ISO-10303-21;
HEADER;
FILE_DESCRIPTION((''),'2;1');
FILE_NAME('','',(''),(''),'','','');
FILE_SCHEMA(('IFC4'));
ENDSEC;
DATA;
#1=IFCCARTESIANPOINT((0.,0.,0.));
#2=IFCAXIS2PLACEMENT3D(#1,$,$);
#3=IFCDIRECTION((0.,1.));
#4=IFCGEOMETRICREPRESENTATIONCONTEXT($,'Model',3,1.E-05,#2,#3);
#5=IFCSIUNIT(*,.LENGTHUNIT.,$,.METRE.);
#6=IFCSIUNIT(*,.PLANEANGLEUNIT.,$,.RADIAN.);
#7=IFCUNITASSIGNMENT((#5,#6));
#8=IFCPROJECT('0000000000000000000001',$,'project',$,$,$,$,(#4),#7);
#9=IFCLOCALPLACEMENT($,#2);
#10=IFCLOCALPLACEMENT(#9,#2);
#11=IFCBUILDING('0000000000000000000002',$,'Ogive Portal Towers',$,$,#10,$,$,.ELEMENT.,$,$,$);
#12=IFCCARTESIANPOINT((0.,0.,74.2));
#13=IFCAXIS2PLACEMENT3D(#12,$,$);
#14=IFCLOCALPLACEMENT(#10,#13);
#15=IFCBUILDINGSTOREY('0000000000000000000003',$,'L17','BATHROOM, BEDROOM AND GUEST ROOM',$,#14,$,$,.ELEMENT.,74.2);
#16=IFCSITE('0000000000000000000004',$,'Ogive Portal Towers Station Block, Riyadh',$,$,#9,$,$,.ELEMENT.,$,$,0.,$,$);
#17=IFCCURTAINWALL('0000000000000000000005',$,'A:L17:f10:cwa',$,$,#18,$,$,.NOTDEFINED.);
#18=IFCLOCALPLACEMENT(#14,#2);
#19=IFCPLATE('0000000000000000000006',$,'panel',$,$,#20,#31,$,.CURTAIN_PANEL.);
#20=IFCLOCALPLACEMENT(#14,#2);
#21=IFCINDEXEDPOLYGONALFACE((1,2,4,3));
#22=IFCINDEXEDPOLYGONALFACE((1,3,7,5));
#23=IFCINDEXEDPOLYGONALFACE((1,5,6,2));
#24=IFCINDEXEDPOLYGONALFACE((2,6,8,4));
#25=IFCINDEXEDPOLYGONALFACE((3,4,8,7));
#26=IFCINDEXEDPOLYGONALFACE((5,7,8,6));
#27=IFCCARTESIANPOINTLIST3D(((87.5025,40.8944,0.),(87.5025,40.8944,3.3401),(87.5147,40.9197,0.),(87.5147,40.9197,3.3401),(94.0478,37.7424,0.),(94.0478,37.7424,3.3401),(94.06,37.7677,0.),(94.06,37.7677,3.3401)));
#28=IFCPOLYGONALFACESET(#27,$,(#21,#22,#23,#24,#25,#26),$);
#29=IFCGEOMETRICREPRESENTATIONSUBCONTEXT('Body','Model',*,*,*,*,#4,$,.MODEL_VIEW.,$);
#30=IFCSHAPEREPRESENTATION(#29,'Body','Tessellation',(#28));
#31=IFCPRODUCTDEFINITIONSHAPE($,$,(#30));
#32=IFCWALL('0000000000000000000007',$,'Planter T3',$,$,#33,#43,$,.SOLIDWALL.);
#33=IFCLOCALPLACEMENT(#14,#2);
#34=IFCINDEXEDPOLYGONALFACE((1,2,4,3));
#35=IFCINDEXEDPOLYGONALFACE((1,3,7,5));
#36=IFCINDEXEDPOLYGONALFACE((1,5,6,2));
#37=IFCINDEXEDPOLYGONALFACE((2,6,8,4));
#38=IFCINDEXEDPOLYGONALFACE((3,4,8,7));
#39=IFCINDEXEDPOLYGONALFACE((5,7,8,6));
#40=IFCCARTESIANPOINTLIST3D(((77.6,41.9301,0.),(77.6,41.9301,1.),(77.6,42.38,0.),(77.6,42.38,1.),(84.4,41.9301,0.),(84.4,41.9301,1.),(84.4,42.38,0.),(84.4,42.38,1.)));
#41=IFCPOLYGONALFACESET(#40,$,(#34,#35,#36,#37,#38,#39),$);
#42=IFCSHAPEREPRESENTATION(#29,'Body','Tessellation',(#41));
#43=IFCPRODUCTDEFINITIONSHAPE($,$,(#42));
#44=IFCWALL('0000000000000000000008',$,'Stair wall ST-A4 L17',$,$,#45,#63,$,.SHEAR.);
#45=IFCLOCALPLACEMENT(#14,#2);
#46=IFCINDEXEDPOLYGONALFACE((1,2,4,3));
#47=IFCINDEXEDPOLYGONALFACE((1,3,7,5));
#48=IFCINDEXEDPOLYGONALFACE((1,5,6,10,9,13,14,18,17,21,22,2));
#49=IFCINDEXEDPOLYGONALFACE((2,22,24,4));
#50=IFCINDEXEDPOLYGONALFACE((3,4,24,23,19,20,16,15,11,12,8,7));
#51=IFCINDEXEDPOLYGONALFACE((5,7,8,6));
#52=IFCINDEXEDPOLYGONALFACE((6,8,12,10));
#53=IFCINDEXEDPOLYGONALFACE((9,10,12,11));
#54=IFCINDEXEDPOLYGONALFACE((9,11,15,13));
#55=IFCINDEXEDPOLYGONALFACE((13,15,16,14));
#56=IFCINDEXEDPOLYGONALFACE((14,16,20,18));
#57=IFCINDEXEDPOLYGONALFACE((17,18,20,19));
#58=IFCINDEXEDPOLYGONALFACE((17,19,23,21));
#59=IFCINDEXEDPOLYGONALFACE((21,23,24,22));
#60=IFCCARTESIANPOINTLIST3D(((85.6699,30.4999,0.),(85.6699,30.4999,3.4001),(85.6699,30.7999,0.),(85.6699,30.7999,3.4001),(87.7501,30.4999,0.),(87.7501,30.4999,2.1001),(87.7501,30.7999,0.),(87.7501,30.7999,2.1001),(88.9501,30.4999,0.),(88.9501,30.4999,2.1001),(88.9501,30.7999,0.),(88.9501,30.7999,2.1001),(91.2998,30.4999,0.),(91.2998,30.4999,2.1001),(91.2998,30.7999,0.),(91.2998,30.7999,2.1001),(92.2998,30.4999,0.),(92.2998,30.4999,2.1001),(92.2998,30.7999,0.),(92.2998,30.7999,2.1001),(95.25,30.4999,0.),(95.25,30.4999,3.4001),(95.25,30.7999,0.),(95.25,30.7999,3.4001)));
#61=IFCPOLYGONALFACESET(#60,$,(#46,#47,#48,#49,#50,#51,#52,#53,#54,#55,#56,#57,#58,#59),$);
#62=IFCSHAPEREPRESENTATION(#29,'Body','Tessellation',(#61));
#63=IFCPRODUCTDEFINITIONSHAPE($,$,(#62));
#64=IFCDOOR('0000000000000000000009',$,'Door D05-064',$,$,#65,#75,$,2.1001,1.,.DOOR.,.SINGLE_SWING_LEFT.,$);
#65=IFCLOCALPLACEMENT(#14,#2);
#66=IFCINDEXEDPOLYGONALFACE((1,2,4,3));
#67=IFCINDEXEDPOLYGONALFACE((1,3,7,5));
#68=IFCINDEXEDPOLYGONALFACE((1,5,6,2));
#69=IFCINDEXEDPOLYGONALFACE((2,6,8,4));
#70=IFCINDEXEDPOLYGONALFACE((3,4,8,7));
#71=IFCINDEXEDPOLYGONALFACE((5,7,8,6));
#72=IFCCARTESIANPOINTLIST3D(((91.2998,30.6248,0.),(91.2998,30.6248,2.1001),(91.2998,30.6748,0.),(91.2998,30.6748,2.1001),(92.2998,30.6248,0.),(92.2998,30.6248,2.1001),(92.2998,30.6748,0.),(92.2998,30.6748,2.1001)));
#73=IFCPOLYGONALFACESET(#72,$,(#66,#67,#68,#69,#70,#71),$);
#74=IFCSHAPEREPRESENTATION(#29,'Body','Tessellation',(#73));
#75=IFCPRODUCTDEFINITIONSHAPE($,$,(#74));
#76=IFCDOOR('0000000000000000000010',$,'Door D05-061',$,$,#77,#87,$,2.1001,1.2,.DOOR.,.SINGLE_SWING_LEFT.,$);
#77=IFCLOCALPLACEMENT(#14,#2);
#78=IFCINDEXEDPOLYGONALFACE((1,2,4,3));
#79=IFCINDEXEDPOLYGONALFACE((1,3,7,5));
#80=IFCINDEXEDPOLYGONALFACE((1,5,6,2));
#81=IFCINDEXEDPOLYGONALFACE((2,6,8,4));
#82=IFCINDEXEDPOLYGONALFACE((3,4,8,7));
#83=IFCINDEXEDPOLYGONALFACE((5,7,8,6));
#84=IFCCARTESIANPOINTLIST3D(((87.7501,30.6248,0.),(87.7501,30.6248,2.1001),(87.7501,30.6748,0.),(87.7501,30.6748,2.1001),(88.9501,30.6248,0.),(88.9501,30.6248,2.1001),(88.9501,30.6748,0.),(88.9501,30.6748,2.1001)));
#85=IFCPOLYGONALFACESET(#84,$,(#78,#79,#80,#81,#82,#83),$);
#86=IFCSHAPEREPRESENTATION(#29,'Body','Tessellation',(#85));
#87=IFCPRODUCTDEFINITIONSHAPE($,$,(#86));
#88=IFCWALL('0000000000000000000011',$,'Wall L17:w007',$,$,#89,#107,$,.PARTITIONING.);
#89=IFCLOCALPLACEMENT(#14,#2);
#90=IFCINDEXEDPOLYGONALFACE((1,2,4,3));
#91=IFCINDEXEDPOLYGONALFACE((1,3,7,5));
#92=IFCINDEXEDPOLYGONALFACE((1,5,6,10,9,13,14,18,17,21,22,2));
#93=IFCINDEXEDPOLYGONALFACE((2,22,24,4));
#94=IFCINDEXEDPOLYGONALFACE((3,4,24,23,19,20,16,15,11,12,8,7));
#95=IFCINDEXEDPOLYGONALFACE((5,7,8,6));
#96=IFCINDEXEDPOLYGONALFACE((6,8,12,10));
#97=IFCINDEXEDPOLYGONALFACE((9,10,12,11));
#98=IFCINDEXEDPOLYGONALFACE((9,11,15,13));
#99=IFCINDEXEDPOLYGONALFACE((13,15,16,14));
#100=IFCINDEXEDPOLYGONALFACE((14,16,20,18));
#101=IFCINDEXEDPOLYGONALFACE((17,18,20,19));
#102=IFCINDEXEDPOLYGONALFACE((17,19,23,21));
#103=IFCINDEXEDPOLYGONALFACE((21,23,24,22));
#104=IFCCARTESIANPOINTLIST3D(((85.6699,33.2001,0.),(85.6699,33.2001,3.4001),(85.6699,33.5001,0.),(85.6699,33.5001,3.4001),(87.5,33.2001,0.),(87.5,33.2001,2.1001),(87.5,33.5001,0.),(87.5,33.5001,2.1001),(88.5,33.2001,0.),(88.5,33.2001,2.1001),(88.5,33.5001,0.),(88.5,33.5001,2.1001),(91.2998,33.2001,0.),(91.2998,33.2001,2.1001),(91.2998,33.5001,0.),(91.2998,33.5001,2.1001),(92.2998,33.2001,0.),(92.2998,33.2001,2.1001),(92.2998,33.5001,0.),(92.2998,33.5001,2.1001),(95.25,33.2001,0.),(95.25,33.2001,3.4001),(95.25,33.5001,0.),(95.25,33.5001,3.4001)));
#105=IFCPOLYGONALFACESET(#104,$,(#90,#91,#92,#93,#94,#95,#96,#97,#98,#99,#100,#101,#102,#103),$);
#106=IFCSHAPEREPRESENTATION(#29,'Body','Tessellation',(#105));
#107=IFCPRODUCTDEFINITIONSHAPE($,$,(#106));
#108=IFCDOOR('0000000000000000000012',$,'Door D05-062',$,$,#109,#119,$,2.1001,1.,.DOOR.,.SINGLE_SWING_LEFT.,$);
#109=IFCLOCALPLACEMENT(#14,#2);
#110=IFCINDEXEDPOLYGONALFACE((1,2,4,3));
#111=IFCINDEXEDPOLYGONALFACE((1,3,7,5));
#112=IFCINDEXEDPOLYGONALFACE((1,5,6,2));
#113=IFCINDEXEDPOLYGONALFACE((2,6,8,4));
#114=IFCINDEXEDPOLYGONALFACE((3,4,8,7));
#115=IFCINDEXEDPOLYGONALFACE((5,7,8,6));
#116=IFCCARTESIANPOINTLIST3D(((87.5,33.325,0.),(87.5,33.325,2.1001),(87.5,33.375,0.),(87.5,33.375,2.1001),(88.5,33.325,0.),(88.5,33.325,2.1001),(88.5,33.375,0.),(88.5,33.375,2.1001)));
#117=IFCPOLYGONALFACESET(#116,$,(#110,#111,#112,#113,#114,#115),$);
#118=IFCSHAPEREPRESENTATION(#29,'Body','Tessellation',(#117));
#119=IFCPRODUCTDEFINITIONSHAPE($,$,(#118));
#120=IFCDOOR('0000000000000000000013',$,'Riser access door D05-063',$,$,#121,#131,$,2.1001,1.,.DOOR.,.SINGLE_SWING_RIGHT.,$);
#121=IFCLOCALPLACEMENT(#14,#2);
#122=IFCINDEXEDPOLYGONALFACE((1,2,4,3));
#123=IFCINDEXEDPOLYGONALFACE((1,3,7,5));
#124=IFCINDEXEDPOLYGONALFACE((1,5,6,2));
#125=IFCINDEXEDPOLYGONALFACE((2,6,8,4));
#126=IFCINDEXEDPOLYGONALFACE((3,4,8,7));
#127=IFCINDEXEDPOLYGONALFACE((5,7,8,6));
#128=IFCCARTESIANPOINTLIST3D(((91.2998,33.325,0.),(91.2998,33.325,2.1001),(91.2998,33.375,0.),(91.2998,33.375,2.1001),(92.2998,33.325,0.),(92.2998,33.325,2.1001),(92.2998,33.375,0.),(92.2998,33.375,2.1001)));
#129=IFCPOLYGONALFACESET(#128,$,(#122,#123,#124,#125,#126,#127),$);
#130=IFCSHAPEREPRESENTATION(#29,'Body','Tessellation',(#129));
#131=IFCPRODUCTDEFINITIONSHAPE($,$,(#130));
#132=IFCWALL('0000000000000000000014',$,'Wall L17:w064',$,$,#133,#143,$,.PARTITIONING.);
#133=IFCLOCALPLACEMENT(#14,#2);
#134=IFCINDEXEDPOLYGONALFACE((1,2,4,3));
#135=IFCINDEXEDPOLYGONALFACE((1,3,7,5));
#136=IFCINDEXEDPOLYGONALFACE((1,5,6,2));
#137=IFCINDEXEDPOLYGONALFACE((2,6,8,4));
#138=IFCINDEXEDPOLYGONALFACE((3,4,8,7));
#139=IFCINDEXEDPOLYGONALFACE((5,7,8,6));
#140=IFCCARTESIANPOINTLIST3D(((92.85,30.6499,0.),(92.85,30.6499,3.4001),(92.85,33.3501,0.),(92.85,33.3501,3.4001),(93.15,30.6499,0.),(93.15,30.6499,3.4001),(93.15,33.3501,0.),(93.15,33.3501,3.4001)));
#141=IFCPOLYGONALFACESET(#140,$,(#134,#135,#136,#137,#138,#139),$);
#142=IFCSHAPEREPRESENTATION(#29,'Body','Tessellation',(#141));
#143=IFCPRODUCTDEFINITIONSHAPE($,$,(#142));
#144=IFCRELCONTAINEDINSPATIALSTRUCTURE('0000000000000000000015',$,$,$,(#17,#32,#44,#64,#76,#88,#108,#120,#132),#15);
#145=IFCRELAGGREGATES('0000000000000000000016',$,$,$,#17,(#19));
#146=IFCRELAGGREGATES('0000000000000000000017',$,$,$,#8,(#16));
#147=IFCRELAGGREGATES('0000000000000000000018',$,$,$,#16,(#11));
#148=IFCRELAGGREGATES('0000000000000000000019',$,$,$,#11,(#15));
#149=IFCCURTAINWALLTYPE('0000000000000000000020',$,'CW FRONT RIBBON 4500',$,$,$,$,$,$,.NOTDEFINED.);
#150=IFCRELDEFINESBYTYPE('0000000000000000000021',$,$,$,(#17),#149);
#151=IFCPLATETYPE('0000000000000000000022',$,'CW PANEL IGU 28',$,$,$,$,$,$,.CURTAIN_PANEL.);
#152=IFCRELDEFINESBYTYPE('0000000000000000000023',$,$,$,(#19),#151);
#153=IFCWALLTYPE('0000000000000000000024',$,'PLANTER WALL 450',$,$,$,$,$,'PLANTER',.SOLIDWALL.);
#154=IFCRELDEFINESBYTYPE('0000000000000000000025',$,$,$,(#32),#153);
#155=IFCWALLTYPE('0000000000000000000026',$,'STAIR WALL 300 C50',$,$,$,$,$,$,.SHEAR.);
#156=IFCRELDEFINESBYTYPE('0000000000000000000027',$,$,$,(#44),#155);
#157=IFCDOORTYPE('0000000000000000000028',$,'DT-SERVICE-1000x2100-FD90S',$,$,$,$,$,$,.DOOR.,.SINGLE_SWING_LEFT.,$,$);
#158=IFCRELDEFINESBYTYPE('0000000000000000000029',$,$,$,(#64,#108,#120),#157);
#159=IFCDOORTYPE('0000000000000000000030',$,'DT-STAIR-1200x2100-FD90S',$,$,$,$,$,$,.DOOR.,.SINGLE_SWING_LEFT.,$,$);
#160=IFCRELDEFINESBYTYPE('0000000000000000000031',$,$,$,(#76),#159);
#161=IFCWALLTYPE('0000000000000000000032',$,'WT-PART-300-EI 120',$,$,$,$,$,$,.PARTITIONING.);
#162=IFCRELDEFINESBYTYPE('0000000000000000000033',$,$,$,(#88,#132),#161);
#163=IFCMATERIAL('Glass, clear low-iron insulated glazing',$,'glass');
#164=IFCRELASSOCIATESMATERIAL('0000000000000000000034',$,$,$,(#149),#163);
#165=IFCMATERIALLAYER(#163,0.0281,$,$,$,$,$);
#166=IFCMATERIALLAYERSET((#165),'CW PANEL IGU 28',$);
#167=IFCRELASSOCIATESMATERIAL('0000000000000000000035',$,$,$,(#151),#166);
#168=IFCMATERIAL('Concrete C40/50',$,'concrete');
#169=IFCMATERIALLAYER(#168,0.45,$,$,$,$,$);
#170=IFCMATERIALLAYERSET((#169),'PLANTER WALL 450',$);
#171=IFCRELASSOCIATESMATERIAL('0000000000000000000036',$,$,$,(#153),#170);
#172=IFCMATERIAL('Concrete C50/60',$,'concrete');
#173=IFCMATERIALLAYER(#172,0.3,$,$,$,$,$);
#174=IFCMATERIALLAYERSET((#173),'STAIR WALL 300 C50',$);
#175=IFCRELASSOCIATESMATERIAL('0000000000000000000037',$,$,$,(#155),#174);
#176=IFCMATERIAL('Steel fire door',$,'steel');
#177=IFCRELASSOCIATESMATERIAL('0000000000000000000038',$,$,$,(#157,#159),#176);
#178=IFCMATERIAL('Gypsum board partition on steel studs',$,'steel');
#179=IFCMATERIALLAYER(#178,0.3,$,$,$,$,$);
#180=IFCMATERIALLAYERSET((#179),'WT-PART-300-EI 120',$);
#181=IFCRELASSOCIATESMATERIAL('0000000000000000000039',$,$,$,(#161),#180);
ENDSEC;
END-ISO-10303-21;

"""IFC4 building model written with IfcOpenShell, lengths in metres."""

from ifc_helpers import new_model, si_unit, direction, frame, frame_2d, origin, origin_2d, place, context, subcontext, project, spatial, rectangle, extrude, material, layer, layer_set, type_object, element, fill, aggregate, save


model = new_model("IFC4")

# Units and contexts
model_context = context("Model", 3, precision=1e-05, world=origin(), true_north=direction((0.0, 1.0)))
body_context = subcontext(model_context, "Body", "Model", "MODEL_VIEW")
ifc_project = project(units=[si_unit("LENGTHUNIT", "METRE"), si_unit("PLANEANGLEUNIT", "RADIAN")], contexts=[model_context])

# Site, building, storey
site_placement = place(None, origin())
site = spatial("IfcSite", under=ifc_project, at=site_placement, Name="Ogive Portal Towers Station Block, Riyadh", CompositionType="ELEMENT", RefElevation=0.0)
building_placement = place(site_placement, origin())
building = spatial("IfcBuilding", under=site, at=building_placement, Name="Ogive Portal Towers", CompositionType="ELEMENT")
storey_placement = place(building_placement, frame((0.0, 0.0, 74.2)))
storey = spatial("IfcBuildingStorey", under=building, at=storey_placement, Name="L17", Description="BATHROOM, BEDROOM AND GUEST ROOM", CompositionType="ELEMENT", Elevation=74.2)

# Shared definitions
ifc_material_1 = material(Name="Glass, clear low-iron insulated glazing", Category="glass")
curtain_wall_type = type_object("IfcCurtainWallType", Name="CW FRONT RIBBON 4500", PredefinedType="NOTDEFINED", material=ifc_material_1)

# Curtain wall
curtain_wall_1_placement = place(storey_placement, origin())
curtain_wall_1 = element("IfcCurtainWall", 1, at=curtain_wall_1_placement, inside=storey, type_object=curtain_wall_type, Name="A:L17:f10:cwa", PredefinedType="NOTDEFINED")

# Plate
ifc_layer_1 = layer(ifc_material_1, 0.0281)
ifc_layer_set_1 = layer_set([ifc_layer_1], Name="CW PANEL IGU 28")
plate_type = type_object("IfcPlateType", Name="CW PANEL IGU 28", PredefinedType="CURTAIN_PANEL", material=ifc_layer_set_1)
plate_1_placement = place(storey_placement, frame((90.7812, 39.3311, 0.0), z_axis=(0.0, 0.0, 1.0), x_axis=(-0.900969, 0.433884, 0.0)))
plate_1 = element("IfcPlate", 2, at=plate_1_placement, type_object=plate_type, Name="panel", PredefinedType="CURTAIN_PANEL", context=body_context, shape_type="SweptSolid", body=[
    extrude(rectangle(XDim=7.2646, YDim=0.0281, at=origin_2d()), origin(), (0.0, 0.0, 1.0), 3.3401),
])
aggregate(curtain_wall_1, [plate_1])

# Wall
ifc_material_2 = material(Name="Concrete C40/50", Category="concrete")
ifc_layer_2 = layer(ifc_material_2, 0.45)
ifc_layer_set_2 = layer_set([ifc_layer_2], Name="PLANTER WALL 450")
wall_type_1 = type_object("IfcWallType", Name="PLANTER WALL 450", ElementType="PLANTER", PredefinedType="SOLIDWALL", material=ifc_layer_set_2)
wall_1_placement = place(storey_placement, frame((81.0, 42.155, 0.0), z_axis=(0.0, 0.0, 1.0), x_axis=(1.0, 0.0, 0.0)))
element("IfcWall", 3, at=wall_1_placement, inside=storey, type_object=wall_type_1, Name="Planter T3", PredefinedType="SOLIDWALL", context=body_context, shape_type="SweptSolid", body=[
    extrude(rectangle(XDim=6.8, YDim=0.45, at=origin_2d()), origin(), (0.0, 0.0, 1.0), 1.0),
])

# Walls, openings, doors
ifc_material_3 = material(Name="Concrete C50/60", Category="concrete")
ifc_layer_3 = layer(ifc_material_3, 0.3)
ifc_layer_set_3 = layer_set([ifc_layer_3], Name="STAIR WALL 300 C50")
wall_type_2 = type_object("IfcWallType", Name="STAIR WALL 300 C50", PredefinedType="SHEAR", material=ifc_layer_set_3)
wall_2_placement = place(storey_placement, frame((85.6699, 30.6499, 0.0), z_axis=(0.0, 0.0, 1.0), x_axis=(1.0, 0.0, 0.0)))
wall_2 = element("IfcWall", 4, at=wall_2_placement, inside=storey, type_object=wall_type_2, Name="Stair wall ST-A4 L17", PredefinedType="SHEAR", context=body_context, shape_type="SweptSolid", body=[
    extrude(rectangle(XDim=9.5801, YDim=0.3, at=frame_2d((4.79, 0.0))), origin(), (0.0, 0.0, 1.0), 3.4001),
])
opening_1_placement = place(wall_2_placement, frame((2.0801, 0.0, 0.0)))
opening_1 = element("IfcOpeningElement", 5, at=opening_1_placement, cuts=wall_2, PredefinedType="OPENING", context=body_context, shape_type="SweptSolid", body=[
    extrude(rectangle(XDim=1.2, YDim=2.1001, at=frame_2d((0.6001, 1.05))), frame((0.0, 0.1602, 0.0), z_axis=(0.0, -1.0, 0.0), x_axis=(1.0, 0.0, 0.0)), (0.0, 0.0, 1.0), 0.3201),
])
opening_2_placement = place(wall_2_placement, frame((5.6299, 0.0, 0.0)))
opening_2 = element("IfcOpeningElement", 6, at=opening_2_placement, cuts=wall_2, PredefinedType="OPENING", context=body_context, shape_type="SweptSolid", body=[
    extrude(rectangle(XDim=1.0, YDim=2.1001, at=frame_2d((0.5, 1.05))), frame((0.0, 0.1602, 0.0), z_axis=(0.0, -1.0, 0.0), x_axis=(1.0, 0.0, 0.0)), (0.0, 0.0, 1.0), 0.3201),
])
ifc_material_4 = material(Name="Steel fire door", Category="steel")
door_type_1 = type_object("IfcDoorType", Name="DT-SERVICE-1000x2100-FD90S", OperationType="SINGLE_SWING_LEFT", PredefinedType="DOOR", material=ifc_material_4)
door_1_placement = place(opening_2_placement, origin())
door_1 = element("IfcDoor", 7, at=door_1_placement, inside=storey, type_object=door_type_1, Name="Door D05-064", OperationType="SINGLE_SWING_LEFT", OverallHeight=2.1001, OverallWidth=1.0, PredefinedType="DOOR", context=body_context, shape_type="SweptSolid", body=[
    extrude(rectangle(XDim=1.0, YDim=2.1001, at=frame_2d((0.5, 1.05))), frame((0.0, 0.0249, 0.0), z_axis=(0.0, -1.0, 0.0), x_axis=(1.0, 0.0, 0.0)), (0.0, 0.0, 1.0), 0.05),
])
fill(opening_2, door_1)
door_type_2 = type_object("IfcDoorType", Name="DT-STAIR-1200x2100-FD90S", OperationType="SINGLE_SWING_LEFT", PredefinedType="DOOR", material=ifc_material_4)
door_2_placement = place(opening_1_placement, origin())
door_2 = element("IfcDoor", 8, at=door_2_placement, inside=storey, type_object=door_type_2, Name="Door D05-061", OperationType="SINGLE_SWING_LEFT", OverallHeight=2.1001, OverallWidth=1.2, PredefinedType="DOOR", context=body_context, shape_type="SweptSolid", body=[
    extrude(rectangle(XDim=1.2, YDim=2.1001, at=frame_2d((0.6001, 1.05))), frame((0.0, 0.0249, 0.0), z_axis=(0.0, -1.0, 0.0), x_axis=(1.0, 0.0, 0.0)), (0.0, 0.0, 1.0), 0.05),
])
fill(opening_1, door_2)
ifc_material_5 = material(Name="Gypsum board partition on steel studs", Category="steel")
ifc_layer_4 = layer(ifc_material_5, 0.3)
ifc_layer_set_4 = layer_set([ifc_layer_4], Name="WT-PART-300-EI 120")
wall_type_3 = type_object("IfcWallType", Name="WT-PART-300-EI 120", PredefinedType="PARTITIONING", material=ifc_layer_set_4)
wall_3_placement = place(storey_placement, frame((85.6699, 33.3501, 0.0), z_axis=(0.0, 0.0, 1.0), x_axis=(1.0, 0.0, 0.0)))
wall_3 = element("IfcWall", 9, at=wall_3_placement, inside=storey, type_object=wall_type_3, Name="Wall L17:w007", PredefinedType="PARTITIONING", context=body_context, shape_type="SweptSolid", body=[
    extrude(rectangle(XDim=9.5801, YDim=0.3, at=frame_2d((4.79, 0.0))), origin(), (0.0, 0.0, 1.0), 3.4001),
])
opening_3_placement = place(wall_3_placement, frame((1.8301, 0.0, 0.0)))
opening_3 = element("IfcOpeningElement", 10, at=opening_3_placement, cuts=wall_3, PredefinedType="OPENING", context=body_context, shape_type="SweptSolid", body=[
    extrude(rectangle(XDim=1.0, YDim=2.1001, at=frame_2d((0.5, 1.05))), frame((0.0, 0.1602, 0.0), z_axis=(0.0, -1.0, 0.0), x_axis=(1.0, 0.0, 0.0)), (0.0, 0.0, 1.0), 0.3201),
])
opening_4_placement = place(wall_3_placement, frame((5.6299, 0.0, 0.0)))
opening_4 = element("IfcOpeningElement", 11, at=opening_4_placement, cuts=wall_3, PredefinedType="OPENING", context=body_context, shape_type="SweptSolid", body=[
    extrude(rectangle(XDim=1.0, YDim=2.1001, at=frame_2d((0.5, 1.05))), frame((0.0, 0.1602, 0.0), z_axis=(0.0, -1.0, 0.0), x_axis=(1.0, 0.0, 0.0)), (0.0, 0.0, 1.0), 0.3201),
])
door_3_placement = place(opening_3_placement, origin())
door_3 = element("IfcDoor", 12, at=door_3_placement, inside=storey, type_object=door_type_1, Name="Door D05-062", OperationType="SINGLE_SWING_LEFT", OverallHeight=2.1001, OverallWidth=1.0, PredefinedType="DOOR", context=body_context, shape_type="SweptSolid", body=[
    extrude(rectangle(XDim=1.0, YDim=2.1001, at=frame_2d((0.5, 1.05))), frame((0.0, 0.0249, 0.0), z_axis=(0.0, -1.0, 0.0), x_axis=(1.0, 0.0, 0.0)), (0.0, 0.0, 1.0), 0.05),
])
fill(opening_3, door_3)
door_4_placement = place(opening_4_placement, origin())
door_4 = element("IfcDoor", 13, at=door_4_placement, inside=storey, type_object=door_type_1, Name="Riser access door D05-063", OperationType="SINGLE_SWING_RIGHT", OverallHeight=2.1001, OverallWidth=1.0, PredefinedType="DOOR", context=body_context, shape_type="SweptSolid", body=[
    extrude(rectangle(XDim=1.0, YDim=2.1001, at=frame_2d((0.5, 1.05))), frame((0.0, 0.0249, 0.0), z_axis=(0.0, -1.0, 0.0), x_axis=(1.0, 0.0, 0.0)), (0.0, 0.0, 1.0), 0.05),
])
fill(opening_4, door_4)

# Wall
wall_4_placement = place(storey_placement, frame((93.0, 30.6499, 0.0), z_axis=(0.0, 0.0, 1.0), x_axis=(0.0, 1.0, 0.0)))
element("IfcWall", 14, at=wall_4_placement, inside=storey, type_object=wall_type_3, Name="Wall L17:w064", PredefinedType="PARTITIONING", context=body_context, shape_type="SweptSolid", body=[
    extrude(rectangle(XDim=2.7002, YDim=0.3, at=frame_2d((1.3501, 0.0))), origin(), (0.0, 0.0, 1.0), 3.4001),
])

save(model, "model.ifc")
